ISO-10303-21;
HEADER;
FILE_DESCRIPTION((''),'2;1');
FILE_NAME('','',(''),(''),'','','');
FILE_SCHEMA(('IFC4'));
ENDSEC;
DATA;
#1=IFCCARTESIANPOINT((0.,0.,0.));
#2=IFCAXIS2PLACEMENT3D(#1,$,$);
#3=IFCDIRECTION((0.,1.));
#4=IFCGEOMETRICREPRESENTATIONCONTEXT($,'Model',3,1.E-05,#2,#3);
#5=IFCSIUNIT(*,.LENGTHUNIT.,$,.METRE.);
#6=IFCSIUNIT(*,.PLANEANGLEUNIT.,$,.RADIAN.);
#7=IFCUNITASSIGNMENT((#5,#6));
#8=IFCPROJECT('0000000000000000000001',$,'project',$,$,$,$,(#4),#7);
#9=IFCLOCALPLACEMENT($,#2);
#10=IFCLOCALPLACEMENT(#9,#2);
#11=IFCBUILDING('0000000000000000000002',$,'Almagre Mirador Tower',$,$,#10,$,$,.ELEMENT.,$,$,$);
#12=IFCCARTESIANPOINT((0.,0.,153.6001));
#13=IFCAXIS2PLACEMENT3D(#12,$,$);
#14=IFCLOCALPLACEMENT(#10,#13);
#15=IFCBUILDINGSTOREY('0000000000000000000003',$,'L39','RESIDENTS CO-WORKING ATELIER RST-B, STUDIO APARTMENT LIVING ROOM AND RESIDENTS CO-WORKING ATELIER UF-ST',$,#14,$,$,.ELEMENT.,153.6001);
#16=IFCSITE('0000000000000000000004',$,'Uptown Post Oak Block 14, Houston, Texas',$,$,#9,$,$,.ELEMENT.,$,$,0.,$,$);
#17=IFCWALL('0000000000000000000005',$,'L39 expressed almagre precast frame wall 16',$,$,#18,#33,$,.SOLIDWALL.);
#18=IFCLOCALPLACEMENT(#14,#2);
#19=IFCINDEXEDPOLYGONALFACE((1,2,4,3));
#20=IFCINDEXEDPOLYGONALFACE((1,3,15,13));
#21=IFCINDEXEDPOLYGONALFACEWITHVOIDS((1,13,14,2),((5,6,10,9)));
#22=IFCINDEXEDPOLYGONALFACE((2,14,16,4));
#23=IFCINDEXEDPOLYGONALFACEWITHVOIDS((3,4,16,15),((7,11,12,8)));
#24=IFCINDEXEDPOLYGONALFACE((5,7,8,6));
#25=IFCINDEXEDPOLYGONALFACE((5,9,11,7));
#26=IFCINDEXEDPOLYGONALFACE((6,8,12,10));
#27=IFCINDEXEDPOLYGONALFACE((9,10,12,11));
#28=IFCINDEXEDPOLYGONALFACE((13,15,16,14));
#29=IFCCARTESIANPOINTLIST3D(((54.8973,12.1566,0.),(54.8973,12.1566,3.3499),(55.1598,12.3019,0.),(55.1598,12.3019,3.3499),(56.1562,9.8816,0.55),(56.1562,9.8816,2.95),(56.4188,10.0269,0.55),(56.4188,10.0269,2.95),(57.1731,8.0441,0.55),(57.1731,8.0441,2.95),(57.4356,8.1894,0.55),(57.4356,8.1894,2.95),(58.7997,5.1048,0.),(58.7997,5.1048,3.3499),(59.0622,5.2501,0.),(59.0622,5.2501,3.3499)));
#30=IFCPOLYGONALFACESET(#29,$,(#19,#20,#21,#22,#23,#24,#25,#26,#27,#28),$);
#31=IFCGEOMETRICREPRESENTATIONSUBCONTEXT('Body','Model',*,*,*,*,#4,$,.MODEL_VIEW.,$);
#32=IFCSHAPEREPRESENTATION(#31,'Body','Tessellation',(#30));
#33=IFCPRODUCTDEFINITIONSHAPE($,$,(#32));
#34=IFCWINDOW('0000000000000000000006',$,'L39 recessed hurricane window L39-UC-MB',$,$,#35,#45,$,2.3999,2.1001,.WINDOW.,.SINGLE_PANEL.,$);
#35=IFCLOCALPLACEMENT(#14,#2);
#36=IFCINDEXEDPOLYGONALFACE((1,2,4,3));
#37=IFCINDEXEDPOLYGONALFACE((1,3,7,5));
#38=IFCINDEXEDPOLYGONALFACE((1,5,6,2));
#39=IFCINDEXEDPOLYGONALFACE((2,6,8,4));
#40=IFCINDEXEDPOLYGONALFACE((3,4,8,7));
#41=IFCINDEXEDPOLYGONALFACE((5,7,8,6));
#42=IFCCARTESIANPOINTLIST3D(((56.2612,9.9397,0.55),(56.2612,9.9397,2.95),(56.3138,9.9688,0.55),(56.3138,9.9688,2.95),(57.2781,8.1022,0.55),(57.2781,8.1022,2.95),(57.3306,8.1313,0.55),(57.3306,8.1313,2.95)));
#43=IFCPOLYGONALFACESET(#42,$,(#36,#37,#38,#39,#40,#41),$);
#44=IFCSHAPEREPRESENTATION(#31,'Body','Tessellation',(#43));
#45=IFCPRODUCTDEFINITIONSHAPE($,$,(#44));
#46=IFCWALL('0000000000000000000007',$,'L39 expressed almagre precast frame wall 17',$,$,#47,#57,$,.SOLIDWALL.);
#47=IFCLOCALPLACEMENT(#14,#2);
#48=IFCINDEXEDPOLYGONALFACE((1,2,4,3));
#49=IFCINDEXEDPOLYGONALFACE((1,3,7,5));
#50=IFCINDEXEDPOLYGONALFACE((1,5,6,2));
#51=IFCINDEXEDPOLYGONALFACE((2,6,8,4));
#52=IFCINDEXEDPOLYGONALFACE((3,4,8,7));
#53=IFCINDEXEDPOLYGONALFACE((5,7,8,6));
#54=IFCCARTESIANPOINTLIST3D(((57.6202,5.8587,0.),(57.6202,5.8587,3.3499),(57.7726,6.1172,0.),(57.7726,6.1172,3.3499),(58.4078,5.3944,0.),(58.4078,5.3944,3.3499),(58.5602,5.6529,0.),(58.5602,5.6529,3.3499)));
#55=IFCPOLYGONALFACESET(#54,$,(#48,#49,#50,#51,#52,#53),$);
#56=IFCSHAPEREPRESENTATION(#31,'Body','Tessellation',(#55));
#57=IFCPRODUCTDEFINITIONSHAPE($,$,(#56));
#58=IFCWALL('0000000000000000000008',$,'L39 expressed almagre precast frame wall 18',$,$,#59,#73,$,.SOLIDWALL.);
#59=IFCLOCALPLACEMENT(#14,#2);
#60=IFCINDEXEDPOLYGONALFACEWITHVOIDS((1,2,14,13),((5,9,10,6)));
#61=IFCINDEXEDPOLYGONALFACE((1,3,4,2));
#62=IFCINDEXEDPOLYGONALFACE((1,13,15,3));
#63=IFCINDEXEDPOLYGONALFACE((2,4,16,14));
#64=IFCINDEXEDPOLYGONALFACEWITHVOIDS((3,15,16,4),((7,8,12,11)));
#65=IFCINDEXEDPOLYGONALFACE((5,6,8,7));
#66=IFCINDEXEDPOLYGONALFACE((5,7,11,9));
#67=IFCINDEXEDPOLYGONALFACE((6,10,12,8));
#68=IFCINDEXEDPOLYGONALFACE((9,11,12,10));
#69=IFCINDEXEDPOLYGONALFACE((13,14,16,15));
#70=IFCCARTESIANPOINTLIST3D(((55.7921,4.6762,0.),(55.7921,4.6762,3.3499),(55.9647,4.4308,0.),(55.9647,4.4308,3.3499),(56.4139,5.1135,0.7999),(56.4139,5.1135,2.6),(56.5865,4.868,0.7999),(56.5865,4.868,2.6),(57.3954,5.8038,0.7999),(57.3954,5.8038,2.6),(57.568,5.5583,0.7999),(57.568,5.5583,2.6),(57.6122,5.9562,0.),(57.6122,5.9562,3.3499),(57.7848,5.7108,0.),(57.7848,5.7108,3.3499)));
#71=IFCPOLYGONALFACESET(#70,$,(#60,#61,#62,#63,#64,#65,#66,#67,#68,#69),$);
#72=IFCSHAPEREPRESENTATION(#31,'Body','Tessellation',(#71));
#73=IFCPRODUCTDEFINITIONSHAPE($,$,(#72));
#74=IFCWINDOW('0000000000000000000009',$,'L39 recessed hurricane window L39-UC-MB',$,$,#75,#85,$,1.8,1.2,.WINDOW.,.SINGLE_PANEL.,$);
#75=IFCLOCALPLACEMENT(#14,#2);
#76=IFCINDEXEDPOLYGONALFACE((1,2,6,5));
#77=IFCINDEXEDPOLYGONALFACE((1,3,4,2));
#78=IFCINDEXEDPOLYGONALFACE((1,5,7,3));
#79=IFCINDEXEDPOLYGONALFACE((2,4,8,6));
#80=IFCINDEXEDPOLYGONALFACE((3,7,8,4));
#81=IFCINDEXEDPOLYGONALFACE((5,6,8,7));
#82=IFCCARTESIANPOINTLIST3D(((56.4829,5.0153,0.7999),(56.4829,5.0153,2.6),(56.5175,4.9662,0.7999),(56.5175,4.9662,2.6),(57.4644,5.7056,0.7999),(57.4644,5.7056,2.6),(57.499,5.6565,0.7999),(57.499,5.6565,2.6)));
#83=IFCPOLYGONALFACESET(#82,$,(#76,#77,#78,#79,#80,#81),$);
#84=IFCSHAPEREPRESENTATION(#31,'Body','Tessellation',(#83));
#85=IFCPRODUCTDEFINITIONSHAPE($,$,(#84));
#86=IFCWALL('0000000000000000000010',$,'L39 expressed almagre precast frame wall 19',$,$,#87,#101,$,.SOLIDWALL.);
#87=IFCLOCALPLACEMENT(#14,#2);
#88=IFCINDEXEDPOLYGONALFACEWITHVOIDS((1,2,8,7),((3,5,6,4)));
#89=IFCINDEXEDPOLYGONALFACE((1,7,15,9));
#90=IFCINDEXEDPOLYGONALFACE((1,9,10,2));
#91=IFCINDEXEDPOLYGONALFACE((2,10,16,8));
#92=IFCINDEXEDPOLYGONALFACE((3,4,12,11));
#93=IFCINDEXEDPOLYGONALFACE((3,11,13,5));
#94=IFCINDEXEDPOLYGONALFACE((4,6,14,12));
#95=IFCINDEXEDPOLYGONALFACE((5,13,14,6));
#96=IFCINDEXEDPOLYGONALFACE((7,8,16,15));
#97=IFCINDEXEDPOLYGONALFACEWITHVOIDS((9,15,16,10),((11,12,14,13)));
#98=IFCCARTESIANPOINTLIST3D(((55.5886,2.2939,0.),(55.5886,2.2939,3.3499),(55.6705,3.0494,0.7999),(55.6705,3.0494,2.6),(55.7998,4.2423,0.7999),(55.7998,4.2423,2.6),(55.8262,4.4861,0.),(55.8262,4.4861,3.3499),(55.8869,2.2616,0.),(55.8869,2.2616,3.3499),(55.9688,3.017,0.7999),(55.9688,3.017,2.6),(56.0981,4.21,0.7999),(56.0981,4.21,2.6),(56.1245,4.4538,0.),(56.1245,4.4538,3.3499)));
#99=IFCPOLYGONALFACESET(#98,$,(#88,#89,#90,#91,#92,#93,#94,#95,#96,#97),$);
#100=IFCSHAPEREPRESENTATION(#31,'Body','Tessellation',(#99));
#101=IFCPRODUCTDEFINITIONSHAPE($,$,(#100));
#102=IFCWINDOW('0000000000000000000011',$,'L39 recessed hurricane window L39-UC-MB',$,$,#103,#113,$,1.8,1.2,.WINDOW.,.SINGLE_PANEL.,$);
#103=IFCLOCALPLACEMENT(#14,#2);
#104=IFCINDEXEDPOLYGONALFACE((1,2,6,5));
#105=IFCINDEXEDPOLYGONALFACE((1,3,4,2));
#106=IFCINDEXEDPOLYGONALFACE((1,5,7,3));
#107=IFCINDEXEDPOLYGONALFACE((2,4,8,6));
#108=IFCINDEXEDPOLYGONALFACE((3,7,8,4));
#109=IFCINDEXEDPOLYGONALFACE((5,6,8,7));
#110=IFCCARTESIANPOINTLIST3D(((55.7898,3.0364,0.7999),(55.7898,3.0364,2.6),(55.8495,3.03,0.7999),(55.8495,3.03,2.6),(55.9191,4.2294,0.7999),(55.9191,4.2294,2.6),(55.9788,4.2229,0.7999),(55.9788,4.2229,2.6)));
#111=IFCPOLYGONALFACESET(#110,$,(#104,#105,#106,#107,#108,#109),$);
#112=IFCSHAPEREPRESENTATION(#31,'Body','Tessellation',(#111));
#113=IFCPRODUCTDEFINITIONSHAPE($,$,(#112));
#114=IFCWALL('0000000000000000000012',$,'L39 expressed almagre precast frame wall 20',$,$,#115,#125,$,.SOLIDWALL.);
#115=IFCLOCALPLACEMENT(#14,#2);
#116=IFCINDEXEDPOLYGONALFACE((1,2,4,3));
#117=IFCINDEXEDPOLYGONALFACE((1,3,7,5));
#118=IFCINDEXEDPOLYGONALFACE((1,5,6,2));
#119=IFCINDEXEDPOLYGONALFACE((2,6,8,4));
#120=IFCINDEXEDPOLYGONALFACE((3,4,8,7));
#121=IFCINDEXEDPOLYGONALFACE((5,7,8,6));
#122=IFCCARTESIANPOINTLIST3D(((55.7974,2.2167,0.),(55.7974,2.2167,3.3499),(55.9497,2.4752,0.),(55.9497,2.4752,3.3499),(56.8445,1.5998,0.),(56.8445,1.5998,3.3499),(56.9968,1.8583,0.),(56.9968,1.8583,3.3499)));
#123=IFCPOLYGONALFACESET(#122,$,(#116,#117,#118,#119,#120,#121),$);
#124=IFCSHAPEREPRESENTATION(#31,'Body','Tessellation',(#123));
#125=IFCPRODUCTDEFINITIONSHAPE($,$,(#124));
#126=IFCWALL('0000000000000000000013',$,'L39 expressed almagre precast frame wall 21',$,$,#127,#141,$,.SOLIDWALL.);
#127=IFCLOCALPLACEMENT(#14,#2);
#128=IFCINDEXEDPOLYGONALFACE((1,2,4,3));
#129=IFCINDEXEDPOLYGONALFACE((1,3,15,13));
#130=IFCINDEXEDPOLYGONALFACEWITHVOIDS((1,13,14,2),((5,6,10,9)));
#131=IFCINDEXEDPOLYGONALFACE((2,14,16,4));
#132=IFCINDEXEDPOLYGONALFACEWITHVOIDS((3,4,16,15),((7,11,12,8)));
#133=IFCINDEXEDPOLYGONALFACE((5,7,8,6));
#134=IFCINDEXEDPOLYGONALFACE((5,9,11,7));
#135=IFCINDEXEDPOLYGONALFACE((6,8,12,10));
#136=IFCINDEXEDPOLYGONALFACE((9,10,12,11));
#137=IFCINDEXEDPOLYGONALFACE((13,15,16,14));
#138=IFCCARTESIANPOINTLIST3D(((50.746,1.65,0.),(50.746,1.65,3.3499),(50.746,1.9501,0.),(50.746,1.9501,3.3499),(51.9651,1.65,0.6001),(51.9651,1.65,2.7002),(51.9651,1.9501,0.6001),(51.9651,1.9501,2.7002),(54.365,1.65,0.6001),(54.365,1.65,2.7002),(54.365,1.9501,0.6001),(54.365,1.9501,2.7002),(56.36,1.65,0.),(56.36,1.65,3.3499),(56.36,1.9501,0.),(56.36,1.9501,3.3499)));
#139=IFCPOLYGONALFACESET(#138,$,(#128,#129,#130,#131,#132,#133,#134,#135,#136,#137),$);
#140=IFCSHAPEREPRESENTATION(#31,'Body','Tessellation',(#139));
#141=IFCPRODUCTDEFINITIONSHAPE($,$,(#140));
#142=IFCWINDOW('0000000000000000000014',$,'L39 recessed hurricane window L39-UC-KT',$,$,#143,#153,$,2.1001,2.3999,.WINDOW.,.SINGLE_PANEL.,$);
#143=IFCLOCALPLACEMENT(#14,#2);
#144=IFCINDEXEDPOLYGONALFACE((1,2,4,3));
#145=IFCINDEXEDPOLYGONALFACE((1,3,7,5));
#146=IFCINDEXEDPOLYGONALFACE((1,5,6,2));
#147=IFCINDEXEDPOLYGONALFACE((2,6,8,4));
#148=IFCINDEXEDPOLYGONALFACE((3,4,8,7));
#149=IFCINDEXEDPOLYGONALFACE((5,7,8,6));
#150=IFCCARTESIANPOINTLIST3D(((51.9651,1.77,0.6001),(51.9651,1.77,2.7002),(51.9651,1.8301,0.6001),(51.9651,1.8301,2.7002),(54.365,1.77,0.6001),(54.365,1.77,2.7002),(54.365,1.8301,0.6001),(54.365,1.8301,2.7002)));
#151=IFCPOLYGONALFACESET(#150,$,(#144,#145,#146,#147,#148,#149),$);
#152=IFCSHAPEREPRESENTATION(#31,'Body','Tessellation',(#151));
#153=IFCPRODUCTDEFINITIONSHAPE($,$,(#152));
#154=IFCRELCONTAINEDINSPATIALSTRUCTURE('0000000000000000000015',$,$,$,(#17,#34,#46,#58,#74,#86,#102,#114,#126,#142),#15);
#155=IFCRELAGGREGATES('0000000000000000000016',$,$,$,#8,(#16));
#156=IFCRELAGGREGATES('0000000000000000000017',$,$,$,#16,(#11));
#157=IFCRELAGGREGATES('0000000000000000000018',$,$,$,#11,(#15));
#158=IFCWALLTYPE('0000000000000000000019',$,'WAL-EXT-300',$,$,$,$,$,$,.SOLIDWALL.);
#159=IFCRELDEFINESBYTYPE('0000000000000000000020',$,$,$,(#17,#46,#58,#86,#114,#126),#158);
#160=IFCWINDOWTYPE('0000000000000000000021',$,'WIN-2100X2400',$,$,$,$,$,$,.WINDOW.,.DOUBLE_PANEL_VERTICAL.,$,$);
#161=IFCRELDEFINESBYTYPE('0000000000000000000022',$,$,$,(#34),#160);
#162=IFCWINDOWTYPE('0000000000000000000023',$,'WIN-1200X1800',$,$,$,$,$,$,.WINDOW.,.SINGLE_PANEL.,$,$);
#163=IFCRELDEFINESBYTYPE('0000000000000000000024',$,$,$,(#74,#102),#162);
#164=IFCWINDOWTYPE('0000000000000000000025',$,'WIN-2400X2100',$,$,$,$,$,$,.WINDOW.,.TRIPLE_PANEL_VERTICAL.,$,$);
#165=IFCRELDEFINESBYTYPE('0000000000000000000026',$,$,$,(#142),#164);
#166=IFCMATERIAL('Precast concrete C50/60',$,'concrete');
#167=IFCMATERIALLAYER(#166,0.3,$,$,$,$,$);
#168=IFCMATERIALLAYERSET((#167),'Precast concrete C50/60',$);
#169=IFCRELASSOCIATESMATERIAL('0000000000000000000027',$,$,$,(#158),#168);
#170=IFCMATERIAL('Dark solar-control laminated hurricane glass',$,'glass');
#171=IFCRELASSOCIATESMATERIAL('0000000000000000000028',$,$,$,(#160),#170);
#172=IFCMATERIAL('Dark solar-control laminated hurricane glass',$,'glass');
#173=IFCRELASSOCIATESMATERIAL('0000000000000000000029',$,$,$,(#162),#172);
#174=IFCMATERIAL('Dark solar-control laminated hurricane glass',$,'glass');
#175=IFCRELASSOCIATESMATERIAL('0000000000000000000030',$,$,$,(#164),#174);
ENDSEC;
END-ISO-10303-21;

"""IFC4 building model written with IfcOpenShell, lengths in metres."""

from ifc_helpers import new_model, si_unit, direction, frame, frame_2d, origin, place, context, subcontext, project, spatial, rectangle, extrude, material, layer, layer_set, type_object, element, fill, save


model = new_model("IFC4")

# Units and contexts
model_context = context("Model", 3, precision=1e-05, world=origin(), true_north=direction((0.0, 1.0)))
body_context = subcontext(model_context, "Body", "Model", "MODEL_VIEW")
ifc_project = project(units=[si_unit("LENGTHUNIT", "METRE"), si_unit("PLANEANGLEUNIT", "RADIAN")], contexts=[model_context])

# Site, building, storey
site_placement = place(None, origin())
site = spatial("IfcSite", under=ifc_project, at=site_placement, Name="Uptown Post Oak Block 14, Houston, Texas", CompositionType="ELEMENT", RefElevation=0.0)
building_placement = place(site_placement, origin())
building = spatial("IfcBuilding", under=site, at=building_placement, Name="Almagre Mirador Tower", CompositionType="ELEMENT")
storey_placement = place(building_placement, frame((0.0, 0.0, 153.6001)))
storey = spatial("IfcBuildingStorey", under=building, at=storey_placement, Name="L39", Description="RESIDENTS CO-WORKING ATELIER RST-B, STUDIO APARTMENT LIVING ROOM AND RESIDENTS CO-WORKING ATELIER UF-ST", CompositionType="ELEMENT", Elevation=153.6001)

# Wall, opening, window
ifc_material_1 = material(Name="Precast concrete C50/60", Category="concrete")
ifc_layer_1 = layer(ifc_material_1, 0.3)
ifc_layer_set_1 = layer_set([ifc_layer_1], Name="Precast concrete C50/60")
wall_type = type_object("IfcWallType", Name="WAL-EXT-300", PredefinedType="SOLIDWALL", material=ifc_layer_set_1)
wall_1_placement = place(storey_placement, frame((55.0286, 12.2292, 0.0), z_axis=(0.0, 0.0, 1.0), x_axis=(0.484192, -0.874962, 0.0)))
wall_1 = element("IfcWall", 1, at=wall_1_placement, inside=storey, type_object=wall_type, Name="L39 expressed almagre precast frame wall 16", PredefinedType="SOLIDWALL", context=body_context, shape_type="SweptSolid", body=[
    extrude(rectangle(XDim=8.0596, YDim=0.3, at=frame_2d((4.0298, 0.0))), origin(), (0.0, 0.0, 1.0), 3.3499),
])
opening_1_placement = place(wall_1_placement, frame((2.6001, 0.0, 0.55)))
opening_1 = element("IfcOpeningElement", 2, at=opening_1_placement, cuts=wall_1, PredefinedType="OPENING", context=body_context, shape_type="SweptSolid", body=[
    extrude(rectangle(XDim=2.1001, YDim=2.3999, at=frame_2d((1.05, 1.2))), frame((0.0, 0.1599, 0.0), z_axis=(0.0, -1.0, 0.0), x_axis=(1.0, 0.0, 0.0)), (0.0, 0.0, 1.0), 0.32),
])
ifc_material_2 = material(Name="Dark solar-control laminated hurricane glass", Category="glass")
window_type_1 = type_object("IfcWindowType", Name="WIN-2100X2400", PartitioningType="DOUBLE_PANEL_VERTICAL", PredefinedType="WINDOW", material=ifc_material_2)
window_1_placement = place(opening_1_placement, origin())
window_1 = element("IfcWindow", 3, at=window_1_placement, inside=storey, type_object=window_type_1, Name="L39 recessed hurricane window L39-UC-MB", OverallHeight=2.3999, OverallWidth=2.1001, PartitioningType="SINGLE_PANEL", PredefinedType="WINDOW", context=body_context, shape_type="SweptSolid", body=[
    extrude(rectangle(XDim=2.1001, YDim=2.3999, at=frame_2d((1.05, 1.2))), frame((0.0, 0.03, 0.0), z_axis=(0.0, -1.0, 0.0), x_axis=(1.0, 0.0, 0.0)), (0.0, 0.0, 1.0), 0.0601),
])
fill(opening_1, window_1)

# Wall
wall_2_placement = place(storey_placement, frame((58.4839, 5.5237, 0.0), z_axis=(0.0, 0.0, 1.0), x_axis=(-0.861426, 0.507883, 0.0)))
element("IfcWall", 4, at=wall_2_placement, inside=storey, type_object=wall_type, Name="L39 expressed almagre precast frame wall 17", PredefinedType="SOLIDWALL", context=body_context, shape_type="SweptSolid", body=[
    extrude(rectangle(XDim=0.9143, YDim=0.3, at=frame_2d((0.457, 0.0))), origin(), (0.0, 0.0, 1.0), 3.3499),
])

# Walls, openings, windows
wall_3_placement = place(storey_placement, frame((57.6985, 5.8335, 0.0), z_axis=(0.0, 0.0, 1.0), x_axis=(-0.817967, -0.575265, 0.0)))
wall_3 = element("IfcWall", 5, at=wall_3_placement, inside=storey, type_object=wall_type, Name="L39 expressed almagre precast frame wall 18", PredefinedType="SOLIDWALL", context=body_context, shape_type="SweptSolid", body=[
    extrude(rectangle(XDim=2.2251, YDim=0.3, at=frame_2d((1.1125, 0.0))), origin(), (0.0, 0.0, 1.0), 3.3499),
])
opening_2_placement = place(wall_3_placement, frame((0.2649, 0.0, 0.8)))
opening_2 = element("IfcOpeningElement", 6, at=opening_2_placement, cuts=wall_3, PredefinedType="OPENING", context=body_context, shape_type="SweptSolid", body=[
    extrude(rectangle(XDim=1.2, YDim=1.8, at=frame_2d((0.6001, 0.8999))), frame((0.0, 0.1599, 0.0), z_axis=(0.0, -1.0, 0.0), x_axis=(1.0, 0.0, 0.0)), (0.0, 0.0, 1.0), 0.32),
])
ifc_material_3 = material(Name="Dark solar-control laminated hurricane glass", Category="glass")
window_type_2 = type_object("IfcWindowType", Name="WIN-1200X1800", PartitioningType="SINGLE_PANEL", PredefinedType="WINDOW", material=ifc_material_3)
window_2_placement = place(opening_2_placement, origin())
window_2 = element("IfcWindow", 7, at=window_2_placement, inside=storey, type_object=window_type_2, Name="L39 recessed hurricane window L39-UC-MB", OverallHeight=1.8, OverallWidth=1.2, PartitioningType="SINGLE_PANEL", PredefinedType="WINDOW", context=body_context, shape_type="SweptSolid", body=[
    extrude(rectangle(XDim=1.2, YDim=1.8, at=frame_2d((0.6001, 0.8999))), frame((0.0, 0.03, 0.0), z_axis=(0.0, -1.0, 0.0), x_axis=(1.0, 0.0, 0.0)), (0.0, 0.0, 1.0), 0.0601),
])
fill(opening_2, window_2)
wall_4_placement = place(storey_placement, frame((55.9753, 4.47, 0.0), z_axis=(0.0, 0.0, 1.0), x_axis=(-0.107733, -0.99418, 0.0)))
wall_4 = element("IfcWall", 8, at=wall_4_placement, inside=storey, type_object=wall_type, Name="L39 expressed almagre precast frame wall 19", PredefinedType="SOLIDWALL", context=body_context, shape_type="SweptSolid", body=[
    extrude(rectangle(XDim=2.2051, YDim=0.3, at=frame_2d((1.1025, 0.0))), origin(), (0.0, 0.0, 1.0), 3.3499),
])
opening_3_placement = place(wall_4_placement, frame((0.2451, 0.0, 0.8)))
opening_3 = element("IfcOpeningElement", 9, at=opening_3_placement, cuts=wall_4, PredefinedType="OPENING", context=body_context, shape_type="SweptSolid", body=[
    extrude(rectangle(XDim=1.2, YDim=1.8, at=frame_2d((0.6001, 0.8999))), frame((0.0, 0.1599, 0.0), z_axis=(0.0, -1.0, 0.0), x_axis=(1.0, 0.0, 0.0)), (0.0, 0.0, 1.0), 0.32),
])
window_3_placement = place(opening_3_placement, origin())
window_3 = element("IfcWindow", 10, at=window_3_placement, inside=storey, type_object=window_type_2, Name="L39 recessed hurricane window L39-UC-MB", OverallHeight=1.8, OverallWidth=1.2, PartitioningType="SINGLE_PANEL", PredefinedType="WINDOW", context=body_context, shape_type="SweptSolid", body=[
    extrude(rectangle(XDim=1.2, YDim=1.8, at=frame_2d((0.6001, 0.8999))), frame((0.0, 0.03, 0.0), z_axis=(0.0, -1.0, 0.0), x_axis=(1.0, 0.0, 0.0)), (0.0, 0.0, 1.0), 0.0601),
])
fill(opening_3, window_3)

# Wall
wall_5_placement = place(storey_placement, frame((55.8735, 2.3459, 0.0), z_axis=(0.0, 0.0, 1.0), x_axis=(0.861578, -0.507626, 0.0)))
element("IfcWall", 11, at=wall_5_placement, inside=storey, type_object=wall_type, Name="L39 expressed almagre precast frame wall 20", PredefinedType="SOLIDWALL", context=body_context, shape_type="SweptSolid", body=[
    extrude(rectangle(XDim=1.2153, YDim=0.3, at=frame_2d((0.6077, 0.0))), origin(), (0.0, 0.0, 1.0), 3.3499),
])

# Wall, opening, window
wall_6_placement = place(storey_placement, frame((56.3601, 1.8, 0.0), z_axis=(0.0, 0.0, 1.0), x_axis=(-1.0, 0.0, 0.0)))
wall_6 = element("IfcWall", 12, at=wall_6_placement, inside=storey, type_object=wall_type, Name="L39 expressed almagre precast frame wall 21", PredefinedType="SOLIDWALL", context=body_context, shape_type="SweptSolid", body=[
    extrude(rectangle(XDim=5.614, YDim=0.3, at=frame_2d((2.8071, 0.0))), origin(), (0.0, 0.0, 1.0), 3.3499),
])
opening_4_placement = place(wall_6_placement, frame((1.9951, 0.0, 0.6001)))
opening_4 = element("IfcOpeningElement", 13, at=opening_4_placement, cuts=wall_6, PredefinedType="OPENING", context=body_context, shape_type="SweptSolid", body=[
    extrude(rectangle(XDim=2.3999, YDim=2.1001, at=frame_2d((1.2, 1.05))), frame((0.0, 0.1599, 0.0), z_axis=(0.0, -1.0, 0.0), x_axis=(1.0, 0.0, 0.0)), (0.0, 0.0, 1.0), 0.32),
])
ifc_material_4 = material(Name="Dark solar-control laminated hurricane glass", Category="glass")
window_type_3 = type_object("IfcWindowType", Name="WIN-2400X2100", PartitioningType="TRIPLE_PANEL_VERTICAL", PredefinedType="WINDOW", material=ifc_material_4)
window_4_placement = place(opening_4_placement, origin())
window_4 = element("IfcWindow", 14, at=window_4_placement, inside=storey, type_object=window_type_3, Name="L39 recessed hurricane window L39-UC-KT", OverallHeight=2.1001, OverallWidth=2.3999, PartitioningType="SINGLE_PANEL", PredefinedType="WINDOW", context=body_context, shape_type="SweptSolid", body=[
    extrude(rectangle(XDim=2.3999, YDim=2.1001, at=frame_2d((1.2, 1.05))), frame((0.0, 0.03, 0.0), z_axis=(0.0, -1.0, 0.0), x_axis=(1.0, 0.0, 0.0)), (0.0, 0.0, 1.0), 0.0601),
])
fill(opening_4, window_4)

save(model, "model.ifc")
